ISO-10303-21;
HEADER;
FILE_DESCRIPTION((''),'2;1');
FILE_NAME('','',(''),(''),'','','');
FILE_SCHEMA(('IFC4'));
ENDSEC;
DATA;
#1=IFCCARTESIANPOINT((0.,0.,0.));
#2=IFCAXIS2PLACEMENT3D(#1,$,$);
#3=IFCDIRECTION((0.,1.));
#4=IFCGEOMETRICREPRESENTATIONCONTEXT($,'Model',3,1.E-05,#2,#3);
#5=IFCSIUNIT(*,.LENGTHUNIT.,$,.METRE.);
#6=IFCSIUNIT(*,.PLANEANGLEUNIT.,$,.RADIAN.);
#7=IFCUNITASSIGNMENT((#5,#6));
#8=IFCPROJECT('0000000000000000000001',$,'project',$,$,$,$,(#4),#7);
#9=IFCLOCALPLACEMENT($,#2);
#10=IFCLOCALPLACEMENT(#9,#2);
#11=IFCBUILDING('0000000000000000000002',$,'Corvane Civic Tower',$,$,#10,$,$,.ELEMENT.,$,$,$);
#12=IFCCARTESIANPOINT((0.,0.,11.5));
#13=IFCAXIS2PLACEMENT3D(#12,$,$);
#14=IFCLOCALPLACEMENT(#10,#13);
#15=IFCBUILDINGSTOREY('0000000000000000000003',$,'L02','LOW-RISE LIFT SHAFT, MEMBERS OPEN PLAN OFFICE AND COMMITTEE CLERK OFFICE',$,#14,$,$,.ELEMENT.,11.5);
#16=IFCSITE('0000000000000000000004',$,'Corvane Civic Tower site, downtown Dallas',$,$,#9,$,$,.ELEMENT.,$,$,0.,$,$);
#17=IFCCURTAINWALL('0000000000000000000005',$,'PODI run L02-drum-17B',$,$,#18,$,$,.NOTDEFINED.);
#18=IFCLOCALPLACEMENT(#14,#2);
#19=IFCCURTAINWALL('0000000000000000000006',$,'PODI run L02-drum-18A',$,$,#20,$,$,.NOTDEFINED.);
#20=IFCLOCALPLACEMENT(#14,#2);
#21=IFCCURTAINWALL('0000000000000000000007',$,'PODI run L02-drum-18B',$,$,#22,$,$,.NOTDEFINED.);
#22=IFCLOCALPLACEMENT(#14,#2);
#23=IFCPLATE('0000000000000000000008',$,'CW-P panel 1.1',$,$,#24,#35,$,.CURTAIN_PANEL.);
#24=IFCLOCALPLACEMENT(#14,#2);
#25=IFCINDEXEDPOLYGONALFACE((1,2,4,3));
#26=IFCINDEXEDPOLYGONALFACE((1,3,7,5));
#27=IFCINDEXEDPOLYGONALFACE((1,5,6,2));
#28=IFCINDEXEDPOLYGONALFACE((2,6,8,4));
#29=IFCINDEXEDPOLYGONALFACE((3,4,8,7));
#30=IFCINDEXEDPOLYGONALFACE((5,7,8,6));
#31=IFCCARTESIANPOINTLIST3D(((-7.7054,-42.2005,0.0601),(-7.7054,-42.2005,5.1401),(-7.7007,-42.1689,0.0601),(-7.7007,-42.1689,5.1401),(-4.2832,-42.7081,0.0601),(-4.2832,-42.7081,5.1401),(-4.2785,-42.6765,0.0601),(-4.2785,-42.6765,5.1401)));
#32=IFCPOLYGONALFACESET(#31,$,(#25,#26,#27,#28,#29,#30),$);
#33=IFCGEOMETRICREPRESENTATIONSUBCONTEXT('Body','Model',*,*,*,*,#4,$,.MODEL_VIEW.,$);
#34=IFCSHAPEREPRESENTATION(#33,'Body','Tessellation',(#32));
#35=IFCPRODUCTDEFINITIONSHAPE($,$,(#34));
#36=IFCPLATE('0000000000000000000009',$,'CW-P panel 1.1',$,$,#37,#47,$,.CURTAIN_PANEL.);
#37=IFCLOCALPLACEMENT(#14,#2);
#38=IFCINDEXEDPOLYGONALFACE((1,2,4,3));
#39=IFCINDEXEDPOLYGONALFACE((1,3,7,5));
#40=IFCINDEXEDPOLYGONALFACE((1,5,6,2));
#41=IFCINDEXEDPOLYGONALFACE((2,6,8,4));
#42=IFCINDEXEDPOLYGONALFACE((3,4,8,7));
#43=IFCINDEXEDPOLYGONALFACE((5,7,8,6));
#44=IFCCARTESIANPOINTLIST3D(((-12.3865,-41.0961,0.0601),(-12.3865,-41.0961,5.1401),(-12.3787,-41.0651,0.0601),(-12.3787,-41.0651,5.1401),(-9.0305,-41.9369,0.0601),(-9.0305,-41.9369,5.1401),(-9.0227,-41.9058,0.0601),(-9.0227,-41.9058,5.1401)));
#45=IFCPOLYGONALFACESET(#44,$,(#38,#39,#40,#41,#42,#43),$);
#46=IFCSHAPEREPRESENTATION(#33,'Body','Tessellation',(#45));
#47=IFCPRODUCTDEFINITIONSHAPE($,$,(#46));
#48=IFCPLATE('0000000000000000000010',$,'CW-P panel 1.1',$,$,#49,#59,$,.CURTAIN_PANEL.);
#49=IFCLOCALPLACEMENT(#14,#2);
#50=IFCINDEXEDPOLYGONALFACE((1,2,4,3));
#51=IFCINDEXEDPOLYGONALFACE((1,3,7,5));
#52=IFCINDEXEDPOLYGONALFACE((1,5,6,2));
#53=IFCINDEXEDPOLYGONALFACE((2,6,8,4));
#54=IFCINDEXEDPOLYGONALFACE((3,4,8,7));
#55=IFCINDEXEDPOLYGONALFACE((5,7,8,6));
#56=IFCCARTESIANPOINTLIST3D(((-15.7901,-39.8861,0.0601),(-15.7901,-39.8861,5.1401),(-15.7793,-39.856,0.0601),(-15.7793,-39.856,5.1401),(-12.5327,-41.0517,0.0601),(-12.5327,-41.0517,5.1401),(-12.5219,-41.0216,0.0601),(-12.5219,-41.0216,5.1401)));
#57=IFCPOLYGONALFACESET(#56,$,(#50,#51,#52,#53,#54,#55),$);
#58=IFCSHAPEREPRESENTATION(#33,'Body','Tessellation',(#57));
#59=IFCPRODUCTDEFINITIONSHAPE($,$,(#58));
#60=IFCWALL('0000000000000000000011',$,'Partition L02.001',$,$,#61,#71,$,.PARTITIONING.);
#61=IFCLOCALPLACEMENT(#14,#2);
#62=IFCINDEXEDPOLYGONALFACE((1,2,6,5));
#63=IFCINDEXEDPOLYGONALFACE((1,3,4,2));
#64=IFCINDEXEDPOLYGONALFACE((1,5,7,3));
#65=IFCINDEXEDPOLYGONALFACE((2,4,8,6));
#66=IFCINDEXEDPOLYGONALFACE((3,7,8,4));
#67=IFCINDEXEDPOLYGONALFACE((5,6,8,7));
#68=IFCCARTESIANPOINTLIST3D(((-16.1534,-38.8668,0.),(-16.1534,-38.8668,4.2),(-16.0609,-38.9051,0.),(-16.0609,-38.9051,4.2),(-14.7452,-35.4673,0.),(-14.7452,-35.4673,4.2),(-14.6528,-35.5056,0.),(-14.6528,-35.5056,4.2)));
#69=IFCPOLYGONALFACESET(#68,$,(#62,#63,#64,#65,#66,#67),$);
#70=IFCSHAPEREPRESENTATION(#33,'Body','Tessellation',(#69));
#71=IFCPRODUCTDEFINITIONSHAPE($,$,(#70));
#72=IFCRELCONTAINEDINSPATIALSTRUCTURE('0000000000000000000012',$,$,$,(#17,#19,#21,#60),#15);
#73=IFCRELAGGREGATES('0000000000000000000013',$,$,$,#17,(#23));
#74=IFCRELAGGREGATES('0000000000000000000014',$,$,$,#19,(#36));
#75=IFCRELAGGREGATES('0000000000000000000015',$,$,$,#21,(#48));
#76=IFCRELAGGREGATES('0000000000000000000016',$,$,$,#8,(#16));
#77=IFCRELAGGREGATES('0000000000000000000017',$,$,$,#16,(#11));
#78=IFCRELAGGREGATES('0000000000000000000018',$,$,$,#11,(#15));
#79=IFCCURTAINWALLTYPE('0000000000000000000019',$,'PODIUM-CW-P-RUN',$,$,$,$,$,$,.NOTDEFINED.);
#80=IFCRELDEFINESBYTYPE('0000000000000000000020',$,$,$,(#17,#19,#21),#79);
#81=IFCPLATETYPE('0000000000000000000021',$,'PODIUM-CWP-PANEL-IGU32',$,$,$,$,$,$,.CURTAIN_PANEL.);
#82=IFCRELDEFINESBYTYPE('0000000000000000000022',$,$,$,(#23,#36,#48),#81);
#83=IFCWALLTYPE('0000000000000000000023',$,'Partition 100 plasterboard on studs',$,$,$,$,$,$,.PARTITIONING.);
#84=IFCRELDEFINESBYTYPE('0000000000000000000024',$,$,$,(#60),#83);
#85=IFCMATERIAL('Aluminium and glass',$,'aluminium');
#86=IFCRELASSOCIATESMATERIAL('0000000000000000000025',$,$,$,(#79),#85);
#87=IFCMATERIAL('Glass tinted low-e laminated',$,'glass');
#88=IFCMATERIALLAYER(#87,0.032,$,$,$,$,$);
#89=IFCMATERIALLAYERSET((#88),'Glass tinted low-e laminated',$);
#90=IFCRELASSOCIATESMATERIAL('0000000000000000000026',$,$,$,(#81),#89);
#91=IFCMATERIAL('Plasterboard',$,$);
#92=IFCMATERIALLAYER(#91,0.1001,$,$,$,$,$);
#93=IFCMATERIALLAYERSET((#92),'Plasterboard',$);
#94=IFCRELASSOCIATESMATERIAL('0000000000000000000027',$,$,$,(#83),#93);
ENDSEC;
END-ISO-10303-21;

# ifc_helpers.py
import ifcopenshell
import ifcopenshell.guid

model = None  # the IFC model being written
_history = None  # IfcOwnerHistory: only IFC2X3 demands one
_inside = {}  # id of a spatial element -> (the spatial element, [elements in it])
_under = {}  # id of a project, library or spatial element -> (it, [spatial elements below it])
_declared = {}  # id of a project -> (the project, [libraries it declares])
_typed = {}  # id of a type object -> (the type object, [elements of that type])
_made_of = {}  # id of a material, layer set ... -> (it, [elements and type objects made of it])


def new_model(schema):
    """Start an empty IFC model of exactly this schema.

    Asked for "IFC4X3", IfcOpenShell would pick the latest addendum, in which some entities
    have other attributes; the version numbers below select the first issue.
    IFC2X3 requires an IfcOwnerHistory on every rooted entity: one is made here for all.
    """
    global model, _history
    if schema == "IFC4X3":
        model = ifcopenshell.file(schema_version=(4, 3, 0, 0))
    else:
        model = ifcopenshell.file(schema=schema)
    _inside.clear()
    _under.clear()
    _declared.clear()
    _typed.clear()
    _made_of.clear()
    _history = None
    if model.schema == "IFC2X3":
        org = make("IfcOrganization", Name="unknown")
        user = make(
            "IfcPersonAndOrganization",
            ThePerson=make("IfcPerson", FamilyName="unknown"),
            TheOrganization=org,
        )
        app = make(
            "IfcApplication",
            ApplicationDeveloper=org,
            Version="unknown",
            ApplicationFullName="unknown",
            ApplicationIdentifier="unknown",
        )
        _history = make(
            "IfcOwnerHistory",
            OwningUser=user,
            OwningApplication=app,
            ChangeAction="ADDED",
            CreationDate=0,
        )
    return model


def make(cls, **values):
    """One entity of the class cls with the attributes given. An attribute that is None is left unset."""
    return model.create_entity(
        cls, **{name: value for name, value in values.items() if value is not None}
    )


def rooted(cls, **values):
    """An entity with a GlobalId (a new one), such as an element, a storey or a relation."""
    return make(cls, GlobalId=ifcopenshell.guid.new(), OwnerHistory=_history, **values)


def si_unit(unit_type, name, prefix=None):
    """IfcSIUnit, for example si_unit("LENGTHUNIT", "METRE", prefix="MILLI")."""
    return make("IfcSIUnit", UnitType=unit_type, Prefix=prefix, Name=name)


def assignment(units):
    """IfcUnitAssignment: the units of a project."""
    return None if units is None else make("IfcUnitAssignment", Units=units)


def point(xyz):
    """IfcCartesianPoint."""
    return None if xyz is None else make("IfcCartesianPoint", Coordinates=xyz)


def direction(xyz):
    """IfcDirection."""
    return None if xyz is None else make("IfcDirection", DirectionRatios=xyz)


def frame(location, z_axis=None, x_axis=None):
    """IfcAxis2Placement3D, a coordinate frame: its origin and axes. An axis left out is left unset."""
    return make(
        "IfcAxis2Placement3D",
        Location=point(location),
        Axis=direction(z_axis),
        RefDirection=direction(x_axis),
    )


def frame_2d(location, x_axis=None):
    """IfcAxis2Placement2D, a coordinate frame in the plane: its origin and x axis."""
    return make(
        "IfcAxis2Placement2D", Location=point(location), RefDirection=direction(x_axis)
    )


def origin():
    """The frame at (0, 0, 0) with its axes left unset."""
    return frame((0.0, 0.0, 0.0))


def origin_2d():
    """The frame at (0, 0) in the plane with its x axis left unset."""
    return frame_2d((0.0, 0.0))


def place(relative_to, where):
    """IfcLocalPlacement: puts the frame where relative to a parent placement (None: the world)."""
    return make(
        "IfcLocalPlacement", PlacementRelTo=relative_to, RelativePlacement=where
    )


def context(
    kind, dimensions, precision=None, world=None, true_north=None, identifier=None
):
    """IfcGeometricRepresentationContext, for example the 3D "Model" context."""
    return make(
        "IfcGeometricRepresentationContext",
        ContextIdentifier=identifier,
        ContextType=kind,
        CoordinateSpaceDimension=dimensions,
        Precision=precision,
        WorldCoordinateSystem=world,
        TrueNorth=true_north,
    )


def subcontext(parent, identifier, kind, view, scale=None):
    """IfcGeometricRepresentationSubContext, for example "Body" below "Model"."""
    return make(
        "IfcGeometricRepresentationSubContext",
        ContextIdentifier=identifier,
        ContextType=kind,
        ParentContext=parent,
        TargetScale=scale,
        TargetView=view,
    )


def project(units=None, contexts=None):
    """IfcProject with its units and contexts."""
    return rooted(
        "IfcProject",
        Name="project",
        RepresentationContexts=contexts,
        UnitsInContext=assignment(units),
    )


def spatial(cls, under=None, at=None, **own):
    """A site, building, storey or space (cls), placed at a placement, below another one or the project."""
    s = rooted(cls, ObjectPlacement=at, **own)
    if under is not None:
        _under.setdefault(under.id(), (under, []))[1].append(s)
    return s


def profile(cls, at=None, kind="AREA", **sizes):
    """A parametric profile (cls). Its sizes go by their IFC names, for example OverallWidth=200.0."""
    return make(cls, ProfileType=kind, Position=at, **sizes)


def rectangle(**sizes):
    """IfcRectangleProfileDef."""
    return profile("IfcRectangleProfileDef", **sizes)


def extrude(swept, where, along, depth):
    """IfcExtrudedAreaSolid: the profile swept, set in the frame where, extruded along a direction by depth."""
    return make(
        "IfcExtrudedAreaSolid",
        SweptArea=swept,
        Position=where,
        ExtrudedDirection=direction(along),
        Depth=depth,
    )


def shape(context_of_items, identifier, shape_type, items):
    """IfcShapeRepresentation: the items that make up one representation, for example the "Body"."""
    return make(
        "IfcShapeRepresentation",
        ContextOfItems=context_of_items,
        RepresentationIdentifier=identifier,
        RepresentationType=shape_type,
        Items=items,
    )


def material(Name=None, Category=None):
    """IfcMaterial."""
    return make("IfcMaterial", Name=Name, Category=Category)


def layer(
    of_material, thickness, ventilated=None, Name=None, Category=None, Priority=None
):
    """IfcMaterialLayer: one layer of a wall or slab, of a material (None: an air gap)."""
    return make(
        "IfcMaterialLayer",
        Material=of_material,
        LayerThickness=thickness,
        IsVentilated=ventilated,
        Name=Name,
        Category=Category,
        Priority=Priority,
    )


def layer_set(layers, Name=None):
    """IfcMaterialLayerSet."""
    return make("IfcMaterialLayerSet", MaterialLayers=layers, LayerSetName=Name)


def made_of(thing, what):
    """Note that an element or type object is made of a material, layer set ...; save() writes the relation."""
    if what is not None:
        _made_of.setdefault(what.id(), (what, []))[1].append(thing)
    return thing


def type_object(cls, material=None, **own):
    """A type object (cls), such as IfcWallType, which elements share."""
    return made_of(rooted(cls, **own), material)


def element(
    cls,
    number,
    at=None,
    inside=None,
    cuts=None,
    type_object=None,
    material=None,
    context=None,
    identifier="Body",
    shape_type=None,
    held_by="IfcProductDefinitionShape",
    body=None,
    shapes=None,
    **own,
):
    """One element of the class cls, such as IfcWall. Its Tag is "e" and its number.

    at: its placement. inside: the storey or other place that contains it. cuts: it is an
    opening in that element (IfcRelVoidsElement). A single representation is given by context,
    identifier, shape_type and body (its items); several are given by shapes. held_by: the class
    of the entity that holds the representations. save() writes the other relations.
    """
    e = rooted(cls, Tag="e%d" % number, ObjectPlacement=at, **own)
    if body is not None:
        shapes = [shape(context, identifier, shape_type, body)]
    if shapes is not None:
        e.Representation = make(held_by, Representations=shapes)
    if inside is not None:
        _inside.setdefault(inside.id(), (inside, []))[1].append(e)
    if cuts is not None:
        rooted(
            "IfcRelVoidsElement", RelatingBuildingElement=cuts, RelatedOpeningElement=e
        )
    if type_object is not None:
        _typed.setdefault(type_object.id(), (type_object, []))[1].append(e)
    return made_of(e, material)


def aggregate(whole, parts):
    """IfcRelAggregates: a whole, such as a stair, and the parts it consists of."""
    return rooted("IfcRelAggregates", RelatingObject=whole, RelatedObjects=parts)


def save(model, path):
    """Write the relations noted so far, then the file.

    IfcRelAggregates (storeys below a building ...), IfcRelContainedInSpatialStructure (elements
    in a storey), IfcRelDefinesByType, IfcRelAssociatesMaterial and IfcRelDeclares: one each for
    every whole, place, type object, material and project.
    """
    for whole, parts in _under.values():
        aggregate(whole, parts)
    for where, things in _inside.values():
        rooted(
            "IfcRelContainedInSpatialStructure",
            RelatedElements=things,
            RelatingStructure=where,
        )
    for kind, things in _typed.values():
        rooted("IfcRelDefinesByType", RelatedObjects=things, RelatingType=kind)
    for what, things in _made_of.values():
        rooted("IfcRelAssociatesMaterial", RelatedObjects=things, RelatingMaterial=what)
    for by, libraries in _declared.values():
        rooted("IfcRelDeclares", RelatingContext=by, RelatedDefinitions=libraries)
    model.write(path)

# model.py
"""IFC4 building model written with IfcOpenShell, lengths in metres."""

from ifc_helpers import new_model, si_unit, direction, frame, frame_2d, origin, origin_2d, place, context, subcontext, project, spatial, rectangle, extrude, material, layer, layer_set, type_object, element, aggregate, save


model = new_model("IFC4")

# Units and contexts
model_context = context("Model", 3, precision=1e-05, world=origin(), true_north=direction((0.0, 1.0)))
body_context = subcontext(model_context, "Body", "Model", "MODEL_VIEW")
ifc_project = project(units=[si_unit("LENGTHUNIT", "METRE"), si_unit("PLANEANGLEUNIT", "RADIAN")], contexts=[model_context])

# Site, building, storey
site_placement = place(None, origin())
site = spatial("IfcSite", under=ifc_project, at=site_placement, Name="Corvane Civic Tower site, downtown Dallas", CompositionType="ELEMENT", RefElevation=0.0)
building_placement = place(site_placement, origin())
building = spatial("IfcBuilding", under=site, at=building_placement, Name="Corvane Civic Tower", CompositionType="ELEMENT")
storey_placement = place(building_placement, frame((0.0, 0.0, 11.5)))
storey = spatial("IfcBuildingStorey", under=building, at=storey_placement, Name="L02", Description="LOW-RISE LIFT SHAFT, MEMBERS OPEN PLAN OFFICE AND COMMITTEE CLERK OFFICE", CompositionType="ELEMENT", Elevation=11.5)

# Curtain walls
ifc_material_1 = material(Name="Aluminium and glass", Category="aluminium")
curtain_wall_type = type_object("IfcCurtainWallType", Name="PODIUM-CW-P-RUN", PredefinedType="NOTDEFINED", material=ifc_material_1)
curtain_wall_1_placement = place(storey_placement, origin())
curtain_wall_1 = element("IfcCurtainWall", 1, at=curtain_wall_1_placement, inside=storey, type_object=curtain_wall_type, Name="PODI run L02-drum-17B", PredefinedType="NOTDEFINED")
curtain_wall_2_placement = place(storey_placement, origin())
curtain_wall_2 = element("IfcCurtainWall", 2, at=curtain_wall_2_placement, inside=storey, type_object=curtain_wall_type, Name="PODI run L02-drum-18A", PredefinedType="NOTDEFINED")
curtain_wall_3_placement = place(storey_placement, origin())
curtain_wall_3 = element("IfcCurtainWall", 3, at=curtain_wall_3_placement, inside=storey, type_object=curtain_wall_type, Name="PODI run L02-drum-18B", PredefinedType="NOTDEFINED")

# Plates
ifc_material_2 = material(Name="Glass tinted low-e laminated", Category="glass")
ifc_layer_1 = layer(ifc_material_2, 0.032)
ifc_layer_set_1 = layer_set([ifc_layer_1], Name="Glass tinted low-e laminated")
plate_type = type_object("IfcPlateType", Name="PODIUM-CWP-PANEL-IGU32", PredefinedType="CURTAIN_PANEL", material=ifc_layer_set_1)
plate_1_placement = place(storey_placement, frame((-5.9919, -42.4385, 0.0601), z_axis=(0.0, 0.0, 1.0), x_axis=(-0.989179, 0.146715, 0.0)))
plate_1 = element("IfcPlate", 4, at=plate_1_placement, type_object=plate_type, Name="CW-P panel 1.1", PredefinedType="CURTAIN_PANEL", context=body_context, shape_type="SweptSolid", body=[
    extrude(rectangle(XDim=3.4597, YDim=0.032, at=origin_2d()), origin(), (0.0, 0.0, 1.0), 5.0801),
])
aggregate(curtain_wall_1, [plate_1])
plate_2_placement = place(storey_placement, frame((-10.7046, -41.501, 0.0601), z_axis=(0.0, 0.0, 1.0), x_axis=(-0.970024, 0.243009, 0.0)))
plate_2 = element("IfcPlate", 5, at=plate_2_placement, type_object=plate_type, Name="CW-P panel 1.1", PredefinedType="CURTAIN_PANEL", context=body_context, shape_type="SweptSolid", body=[
    extrude(rectangle(XDim=3.4597, YDim=0.032, at=origin_2d()), origin(), (0.0, 0.0, 1.0), 5.0801),
])
aggregate(curtain_wall_2, [plate_2])
plate_3_placement = place(storey_placement, frame((-14.156, -40.4539, 0.0601), z_axis=(0.0, 0.0, 1.0), x_axis=(-0.941534, 0.336919, 0.0)))
plate_3 = element("IfcPlate", 6, at=plate_3_placement, type_object=plate_type, Name="CW-P panel 1.1", PredefinedType="CURTAIN_PANEL", context=body_context, shape_type="SweptSolid", body=[
    extrude(rectangle(XDim=3.4597, YDim=0.032, at=origin_2d()), origin(), (0.0, 0.0, 1.0), 5.0801),
])
aggregate(curtain_wall_3, [plate_3])

# Wall
ifc_material_3 = material(Name="Plasterboard")
ifc_layer_2 = layer(ifc_material_3, 0.1001)
ifc_layer_set_2 = layer_set([ifc_layer_2], Name="Plasterboard")
wall_type_1 = type_object("IfcWallType", Name="Partition 100 plasterboard on studs", PredefinedType="PARTITIONING", material=ifc_layer_set_2)
wall_1_placement = place(storey_placement, frame((-16.1072, -38.886, 0.0), z_axis=(0.0, 0.0, 1.0), x_axis=(0.382688, 0.923878, 0.0)))
element("IfcWall", 7, at=wall_1_placement, inside=storey, type_object=wall_type_1, Name="Partition L02.001", PredefinedType="PARTITIONING", context=body_context, shape_type="SweptSolid", body=[
    extrude(rectangle(XDim=3.6797, YDim=0.1001, at=frame_2d((1.8398, 0.0))), origin(), (0.0, 0.0, 1.0), 4.2),
])

save(model, "model.ifc")
